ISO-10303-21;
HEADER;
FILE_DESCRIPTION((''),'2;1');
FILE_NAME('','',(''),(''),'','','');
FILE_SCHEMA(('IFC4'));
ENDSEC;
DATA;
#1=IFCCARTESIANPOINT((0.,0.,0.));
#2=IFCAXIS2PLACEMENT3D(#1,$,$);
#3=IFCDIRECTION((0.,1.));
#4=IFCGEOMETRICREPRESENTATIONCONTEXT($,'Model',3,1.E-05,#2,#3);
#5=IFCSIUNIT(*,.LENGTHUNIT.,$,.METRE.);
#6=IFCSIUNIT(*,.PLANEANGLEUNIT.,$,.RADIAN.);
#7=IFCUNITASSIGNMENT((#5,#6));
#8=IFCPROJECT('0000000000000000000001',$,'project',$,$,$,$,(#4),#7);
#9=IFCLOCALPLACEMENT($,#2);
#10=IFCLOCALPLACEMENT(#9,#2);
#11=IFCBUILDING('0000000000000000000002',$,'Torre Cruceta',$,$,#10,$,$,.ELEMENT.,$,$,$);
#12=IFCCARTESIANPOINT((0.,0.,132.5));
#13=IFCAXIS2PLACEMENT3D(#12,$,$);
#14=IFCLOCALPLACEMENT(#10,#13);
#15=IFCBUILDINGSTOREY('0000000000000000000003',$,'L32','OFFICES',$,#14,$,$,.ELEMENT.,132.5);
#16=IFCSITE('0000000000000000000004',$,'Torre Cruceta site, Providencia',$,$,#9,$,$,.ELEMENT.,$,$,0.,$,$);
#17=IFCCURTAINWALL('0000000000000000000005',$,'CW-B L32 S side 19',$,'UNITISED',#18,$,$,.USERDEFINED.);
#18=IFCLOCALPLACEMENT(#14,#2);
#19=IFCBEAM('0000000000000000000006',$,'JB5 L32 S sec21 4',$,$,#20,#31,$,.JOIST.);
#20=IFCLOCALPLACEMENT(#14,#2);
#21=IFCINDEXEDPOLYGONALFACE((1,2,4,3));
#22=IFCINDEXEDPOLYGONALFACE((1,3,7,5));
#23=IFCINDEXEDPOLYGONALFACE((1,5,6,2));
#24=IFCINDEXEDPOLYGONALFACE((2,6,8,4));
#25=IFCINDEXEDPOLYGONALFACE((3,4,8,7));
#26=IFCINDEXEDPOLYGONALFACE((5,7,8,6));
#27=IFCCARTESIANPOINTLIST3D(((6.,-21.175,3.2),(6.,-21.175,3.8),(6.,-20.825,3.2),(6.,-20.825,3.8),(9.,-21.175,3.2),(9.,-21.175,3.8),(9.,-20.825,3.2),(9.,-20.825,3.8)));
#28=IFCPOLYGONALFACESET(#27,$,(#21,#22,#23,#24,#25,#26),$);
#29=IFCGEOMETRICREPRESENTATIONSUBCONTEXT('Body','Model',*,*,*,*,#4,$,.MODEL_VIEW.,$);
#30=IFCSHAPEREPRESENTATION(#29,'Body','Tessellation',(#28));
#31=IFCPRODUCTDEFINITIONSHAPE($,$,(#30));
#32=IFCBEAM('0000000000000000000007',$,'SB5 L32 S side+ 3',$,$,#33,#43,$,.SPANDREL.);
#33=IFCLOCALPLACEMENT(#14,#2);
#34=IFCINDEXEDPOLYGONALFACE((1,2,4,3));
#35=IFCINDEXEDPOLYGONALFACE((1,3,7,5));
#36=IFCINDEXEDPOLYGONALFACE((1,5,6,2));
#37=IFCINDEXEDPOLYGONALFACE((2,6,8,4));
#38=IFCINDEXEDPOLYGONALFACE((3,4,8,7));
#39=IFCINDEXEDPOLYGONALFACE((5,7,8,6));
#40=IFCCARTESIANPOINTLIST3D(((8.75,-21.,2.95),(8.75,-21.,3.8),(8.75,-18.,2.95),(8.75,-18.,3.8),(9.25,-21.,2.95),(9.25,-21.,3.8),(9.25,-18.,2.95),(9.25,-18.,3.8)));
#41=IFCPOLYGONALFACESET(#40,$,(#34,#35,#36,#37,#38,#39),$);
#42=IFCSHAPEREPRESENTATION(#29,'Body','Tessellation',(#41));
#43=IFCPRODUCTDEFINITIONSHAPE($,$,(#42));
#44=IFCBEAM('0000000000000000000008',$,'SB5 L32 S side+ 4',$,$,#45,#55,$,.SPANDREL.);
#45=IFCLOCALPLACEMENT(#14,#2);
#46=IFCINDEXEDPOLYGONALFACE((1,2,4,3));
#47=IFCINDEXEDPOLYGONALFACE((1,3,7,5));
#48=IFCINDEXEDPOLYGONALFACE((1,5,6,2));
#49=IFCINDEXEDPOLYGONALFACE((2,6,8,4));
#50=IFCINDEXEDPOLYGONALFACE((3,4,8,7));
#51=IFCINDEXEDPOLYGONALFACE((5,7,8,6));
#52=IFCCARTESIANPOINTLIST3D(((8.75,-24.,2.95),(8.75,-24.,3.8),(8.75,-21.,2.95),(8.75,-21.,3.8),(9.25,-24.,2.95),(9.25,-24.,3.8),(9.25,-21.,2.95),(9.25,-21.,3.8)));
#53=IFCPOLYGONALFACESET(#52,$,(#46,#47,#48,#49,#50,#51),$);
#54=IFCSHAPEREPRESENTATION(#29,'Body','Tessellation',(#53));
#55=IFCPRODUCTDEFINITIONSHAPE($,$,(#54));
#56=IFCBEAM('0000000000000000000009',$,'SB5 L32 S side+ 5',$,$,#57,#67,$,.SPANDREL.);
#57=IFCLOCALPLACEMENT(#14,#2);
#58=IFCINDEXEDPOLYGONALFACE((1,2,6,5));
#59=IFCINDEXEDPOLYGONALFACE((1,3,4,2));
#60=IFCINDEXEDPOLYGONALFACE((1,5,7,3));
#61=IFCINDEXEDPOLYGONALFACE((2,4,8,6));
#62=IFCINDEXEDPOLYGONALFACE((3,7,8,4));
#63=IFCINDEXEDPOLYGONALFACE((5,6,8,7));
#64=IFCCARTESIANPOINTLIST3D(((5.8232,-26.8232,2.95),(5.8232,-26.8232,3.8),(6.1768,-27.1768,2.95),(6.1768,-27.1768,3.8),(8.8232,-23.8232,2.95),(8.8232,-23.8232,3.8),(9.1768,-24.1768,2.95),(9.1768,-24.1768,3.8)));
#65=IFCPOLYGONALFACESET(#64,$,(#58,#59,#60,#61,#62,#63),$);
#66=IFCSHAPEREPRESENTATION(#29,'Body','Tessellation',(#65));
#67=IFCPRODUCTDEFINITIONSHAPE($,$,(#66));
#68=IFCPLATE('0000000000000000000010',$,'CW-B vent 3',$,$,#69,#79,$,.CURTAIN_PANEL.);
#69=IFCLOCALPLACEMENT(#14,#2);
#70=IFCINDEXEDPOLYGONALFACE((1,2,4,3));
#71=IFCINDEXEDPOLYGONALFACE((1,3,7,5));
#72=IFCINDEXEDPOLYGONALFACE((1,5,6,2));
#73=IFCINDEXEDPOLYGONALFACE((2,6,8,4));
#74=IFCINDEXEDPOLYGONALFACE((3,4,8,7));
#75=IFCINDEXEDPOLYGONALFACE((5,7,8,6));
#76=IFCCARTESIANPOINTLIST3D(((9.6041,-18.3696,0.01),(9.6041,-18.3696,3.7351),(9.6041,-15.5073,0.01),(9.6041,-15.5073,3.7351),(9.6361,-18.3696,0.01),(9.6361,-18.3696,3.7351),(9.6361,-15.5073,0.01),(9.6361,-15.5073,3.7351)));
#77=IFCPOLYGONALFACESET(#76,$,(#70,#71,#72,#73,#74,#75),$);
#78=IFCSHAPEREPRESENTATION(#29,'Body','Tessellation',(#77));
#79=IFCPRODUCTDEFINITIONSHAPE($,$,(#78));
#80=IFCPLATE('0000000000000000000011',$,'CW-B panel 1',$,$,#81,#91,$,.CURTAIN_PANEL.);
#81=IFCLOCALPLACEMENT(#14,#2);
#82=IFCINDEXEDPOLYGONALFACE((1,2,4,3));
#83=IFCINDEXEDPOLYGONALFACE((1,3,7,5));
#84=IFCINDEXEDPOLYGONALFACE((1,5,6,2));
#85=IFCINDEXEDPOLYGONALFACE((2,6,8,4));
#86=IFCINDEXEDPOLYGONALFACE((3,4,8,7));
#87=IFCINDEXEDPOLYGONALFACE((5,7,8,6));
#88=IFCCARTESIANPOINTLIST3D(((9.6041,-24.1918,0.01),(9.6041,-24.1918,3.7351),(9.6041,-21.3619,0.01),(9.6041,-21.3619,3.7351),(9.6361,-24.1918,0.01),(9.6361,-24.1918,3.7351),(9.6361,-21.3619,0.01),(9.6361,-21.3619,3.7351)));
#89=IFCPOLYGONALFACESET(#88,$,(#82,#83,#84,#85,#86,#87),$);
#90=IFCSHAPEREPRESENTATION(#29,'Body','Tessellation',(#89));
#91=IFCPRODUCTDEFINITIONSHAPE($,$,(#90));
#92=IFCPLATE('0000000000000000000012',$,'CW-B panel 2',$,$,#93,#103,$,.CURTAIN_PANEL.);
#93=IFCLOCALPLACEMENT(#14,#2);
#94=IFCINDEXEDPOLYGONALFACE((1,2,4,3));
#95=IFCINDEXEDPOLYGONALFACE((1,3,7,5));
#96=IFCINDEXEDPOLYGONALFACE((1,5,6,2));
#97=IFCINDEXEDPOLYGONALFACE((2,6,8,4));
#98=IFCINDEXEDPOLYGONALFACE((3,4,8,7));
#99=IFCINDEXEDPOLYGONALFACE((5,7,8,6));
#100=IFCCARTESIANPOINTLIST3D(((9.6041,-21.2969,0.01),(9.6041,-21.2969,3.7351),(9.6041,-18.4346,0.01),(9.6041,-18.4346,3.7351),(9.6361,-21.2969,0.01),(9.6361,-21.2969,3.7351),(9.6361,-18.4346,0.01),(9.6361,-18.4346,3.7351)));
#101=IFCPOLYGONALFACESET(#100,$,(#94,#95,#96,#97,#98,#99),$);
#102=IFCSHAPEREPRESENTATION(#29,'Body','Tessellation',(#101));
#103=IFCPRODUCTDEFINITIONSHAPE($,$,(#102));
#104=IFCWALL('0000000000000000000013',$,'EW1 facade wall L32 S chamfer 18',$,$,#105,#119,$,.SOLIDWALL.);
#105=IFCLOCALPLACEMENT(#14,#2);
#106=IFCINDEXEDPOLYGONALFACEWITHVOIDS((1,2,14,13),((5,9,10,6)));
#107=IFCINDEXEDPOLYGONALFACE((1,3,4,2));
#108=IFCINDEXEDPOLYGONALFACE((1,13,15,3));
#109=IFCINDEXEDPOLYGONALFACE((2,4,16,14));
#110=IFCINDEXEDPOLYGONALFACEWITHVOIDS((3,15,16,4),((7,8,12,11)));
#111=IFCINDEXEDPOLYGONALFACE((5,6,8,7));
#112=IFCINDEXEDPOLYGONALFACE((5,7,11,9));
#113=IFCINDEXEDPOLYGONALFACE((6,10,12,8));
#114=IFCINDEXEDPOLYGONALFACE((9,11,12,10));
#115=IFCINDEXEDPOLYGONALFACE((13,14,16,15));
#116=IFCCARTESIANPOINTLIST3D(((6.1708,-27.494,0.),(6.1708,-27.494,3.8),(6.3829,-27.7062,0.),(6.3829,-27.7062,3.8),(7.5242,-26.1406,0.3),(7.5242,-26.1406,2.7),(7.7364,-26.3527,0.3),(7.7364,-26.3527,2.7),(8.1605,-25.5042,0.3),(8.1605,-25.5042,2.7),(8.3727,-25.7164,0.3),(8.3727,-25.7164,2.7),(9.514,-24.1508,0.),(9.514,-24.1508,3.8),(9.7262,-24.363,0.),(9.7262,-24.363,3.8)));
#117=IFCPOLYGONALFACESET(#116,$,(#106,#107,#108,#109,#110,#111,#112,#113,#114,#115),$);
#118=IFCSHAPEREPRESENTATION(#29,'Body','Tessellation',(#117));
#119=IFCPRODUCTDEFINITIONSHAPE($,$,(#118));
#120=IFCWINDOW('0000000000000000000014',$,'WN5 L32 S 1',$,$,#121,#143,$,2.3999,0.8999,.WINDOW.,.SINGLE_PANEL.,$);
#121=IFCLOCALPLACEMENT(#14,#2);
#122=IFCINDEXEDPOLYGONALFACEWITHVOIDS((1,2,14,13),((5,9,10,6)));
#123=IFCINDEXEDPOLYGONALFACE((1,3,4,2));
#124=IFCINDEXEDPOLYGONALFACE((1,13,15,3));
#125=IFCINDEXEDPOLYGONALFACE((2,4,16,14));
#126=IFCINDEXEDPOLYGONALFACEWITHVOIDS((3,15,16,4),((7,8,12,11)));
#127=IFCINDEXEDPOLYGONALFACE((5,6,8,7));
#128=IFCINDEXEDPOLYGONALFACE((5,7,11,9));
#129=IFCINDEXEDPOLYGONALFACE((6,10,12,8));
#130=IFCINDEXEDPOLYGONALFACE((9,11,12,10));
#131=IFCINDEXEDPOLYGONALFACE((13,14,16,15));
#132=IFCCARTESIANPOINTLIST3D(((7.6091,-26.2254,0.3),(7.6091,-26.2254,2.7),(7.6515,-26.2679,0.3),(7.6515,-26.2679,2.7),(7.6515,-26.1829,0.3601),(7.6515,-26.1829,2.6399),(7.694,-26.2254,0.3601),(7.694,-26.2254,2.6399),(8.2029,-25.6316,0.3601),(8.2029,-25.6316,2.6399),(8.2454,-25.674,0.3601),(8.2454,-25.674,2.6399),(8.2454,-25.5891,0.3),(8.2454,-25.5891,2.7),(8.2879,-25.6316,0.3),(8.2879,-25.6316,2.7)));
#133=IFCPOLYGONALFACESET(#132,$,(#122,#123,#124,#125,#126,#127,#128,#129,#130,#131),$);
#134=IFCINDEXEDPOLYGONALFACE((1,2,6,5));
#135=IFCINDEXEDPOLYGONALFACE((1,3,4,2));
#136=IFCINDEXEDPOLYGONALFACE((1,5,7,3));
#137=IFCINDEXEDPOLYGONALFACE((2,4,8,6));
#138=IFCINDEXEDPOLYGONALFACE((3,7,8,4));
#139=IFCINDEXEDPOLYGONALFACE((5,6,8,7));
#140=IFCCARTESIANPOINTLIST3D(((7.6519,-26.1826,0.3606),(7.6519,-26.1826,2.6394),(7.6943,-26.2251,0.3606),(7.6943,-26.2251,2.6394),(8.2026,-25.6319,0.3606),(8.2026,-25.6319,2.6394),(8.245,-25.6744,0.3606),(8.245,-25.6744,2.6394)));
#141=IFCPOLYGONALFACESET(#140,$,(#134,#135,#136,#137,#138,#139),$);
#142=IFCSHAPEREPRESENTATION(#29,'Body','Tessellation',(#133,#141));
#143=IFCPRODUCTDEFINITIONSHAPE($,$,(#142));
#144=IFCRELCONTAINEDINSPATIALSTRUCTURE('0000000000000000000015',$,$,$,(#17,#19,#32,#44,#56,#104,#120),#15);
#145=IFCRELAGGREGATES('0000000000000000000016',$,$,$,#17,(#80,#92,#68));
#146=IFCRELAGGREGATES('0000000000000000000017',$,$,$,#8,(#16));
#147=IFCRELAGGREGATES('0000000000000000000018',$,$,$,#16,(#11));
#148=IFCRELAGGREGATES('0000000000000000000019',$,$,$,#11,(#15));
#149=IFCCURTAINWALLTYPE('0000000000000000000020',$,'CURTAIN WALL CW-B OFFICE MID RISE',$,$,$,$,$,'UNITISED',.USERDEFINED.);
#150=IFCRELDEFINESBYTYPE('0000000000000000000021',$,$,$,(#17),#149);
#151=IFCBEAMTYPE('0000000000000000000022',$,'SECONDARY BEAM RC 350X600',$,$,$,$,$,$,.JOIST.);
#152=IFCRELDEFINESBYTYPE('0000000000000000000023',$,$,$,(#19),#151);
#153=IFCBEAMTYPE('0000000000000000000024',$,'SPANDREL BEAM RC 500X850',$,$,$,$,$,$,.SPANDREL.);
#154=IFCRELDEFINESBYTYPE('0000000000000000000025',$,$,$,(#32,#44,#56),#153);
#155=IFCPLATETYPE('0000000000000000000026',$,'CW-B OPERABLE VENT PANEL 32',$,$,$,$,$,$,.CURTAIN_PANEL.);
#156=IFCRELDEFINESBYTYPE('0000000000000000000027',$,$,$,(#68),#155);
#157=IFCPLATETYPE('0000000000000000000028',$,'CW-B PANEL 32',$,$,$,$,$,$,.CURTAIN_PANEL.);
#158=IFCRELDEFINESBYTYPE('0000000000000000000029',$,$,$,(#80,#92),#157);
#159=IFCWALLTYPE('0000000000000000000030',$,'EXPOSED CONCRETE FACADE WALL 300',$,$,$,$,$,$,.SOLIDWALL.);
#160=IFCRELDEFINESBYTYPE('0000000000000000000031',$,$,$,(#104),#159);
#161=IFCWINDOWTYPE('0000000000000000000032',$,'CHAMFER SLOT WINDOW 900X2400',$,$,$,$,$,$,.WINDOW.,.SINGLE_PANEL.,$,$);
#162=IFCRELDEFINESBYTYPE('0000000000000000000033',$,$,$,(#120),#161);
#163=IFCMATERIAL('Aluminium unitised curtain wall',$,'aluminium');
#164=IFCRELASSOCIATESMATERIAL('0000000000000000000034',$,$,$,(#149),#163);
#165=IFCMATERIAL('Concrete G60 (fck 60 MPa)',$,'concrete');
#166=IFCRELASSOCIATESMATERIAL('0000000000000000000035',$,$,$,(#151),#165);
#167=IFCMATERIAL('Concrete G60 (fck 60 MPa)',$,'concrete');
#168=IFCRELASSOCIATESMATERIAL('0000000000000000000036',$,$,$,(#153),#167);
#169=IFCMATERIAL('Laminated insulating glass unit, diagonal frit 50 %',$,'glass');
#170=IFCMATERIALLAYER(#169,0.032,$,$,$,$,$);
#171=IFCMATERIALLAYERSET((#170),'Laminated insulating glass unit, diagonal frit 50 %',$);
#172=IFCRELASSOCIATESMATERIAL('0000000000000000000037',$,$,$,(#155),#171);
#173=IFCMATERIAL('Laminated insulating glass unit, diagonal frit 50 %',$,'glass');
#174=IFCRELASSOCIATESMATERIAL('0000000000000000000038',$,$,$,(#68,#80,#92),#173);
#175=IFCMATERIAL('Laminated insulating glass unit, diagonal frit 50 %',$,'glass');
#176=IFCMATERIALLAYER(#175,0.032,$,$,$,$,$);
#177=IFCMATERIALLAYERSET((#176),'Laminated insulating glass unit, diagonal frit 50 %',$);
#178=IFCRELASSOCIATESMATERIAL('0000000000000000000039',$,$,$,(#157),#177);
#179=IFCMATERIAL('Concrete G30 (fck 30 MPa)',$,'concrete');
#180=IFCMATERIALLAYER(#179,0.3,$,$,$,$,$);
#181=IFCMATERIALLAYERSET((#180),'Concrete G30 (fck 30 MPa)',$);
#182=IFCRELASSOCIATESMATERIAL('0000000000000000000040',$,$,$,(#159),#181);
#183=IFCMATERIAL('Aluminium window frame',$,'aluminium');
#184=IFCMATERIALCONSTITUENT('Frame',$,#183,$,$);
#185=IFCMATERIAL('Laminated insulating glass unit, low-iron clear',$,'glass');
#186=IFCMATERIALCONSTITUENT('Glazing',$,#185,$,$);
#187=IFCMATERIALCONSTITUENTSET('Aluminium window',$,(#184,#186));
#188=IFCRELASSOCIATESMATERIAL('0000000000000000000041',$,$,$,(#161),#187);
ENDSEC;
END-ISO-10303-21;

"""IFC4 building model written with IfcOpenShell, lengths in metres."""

from ifc_helpers import new_model, si_unit, direction, frame, frame_2d, origin, origin_2d, place, context, subcontext, project, spatial, rectangle, hollow_rectangle, extrude, material, layer, layer_set, constituent, constituent_set, material_profile, profile_set, type_object, element, fill, aggregate, save


model = new_model("IFC4")

# Units and contexts
model_context = context("Model", 3, precision=1e-05, world=origin(), true_north=direction((0.0, 1.0)))
body_context = subcontext(model_context, "Body", "Model", "MODEL_VIEW")
ifc_project = project(units=[si_unit("LENGTHUNIT", "METRE"), si_unit("PLANEANGLEUNIT", "RADIAN")], contexts=[model_context])

# Site, building, storey
site_placement = place(None, origin())
site = spatial("IfcSite", under=ifc_project, at=site_placement, Name="Torre Cruceta site, Providencia", CompositionType="ELEMENT", RefElevation=0.0)
building_placement = place(site_placement, origin())
building = spatial("IfcBuilding", under=site, at=building_placement, Name="Torre Cruceta", CompositionType="ELEMENT")
storey_placement = place(building_placement, frame((0.0, 0.0, 132.5)))
storey = spatial("IfcBuildingStorey", under=building, at=storey_placement, Name="L32", Description="OFFICES", CompositionType="ELEMENT", Elevation=132.5)

# Curtain wall
ifc_material_1 = material(Name="Aluminium unitised curtain wall", Category="aluminium")
curtain_wall_type = type_object("IfcCurtainWallType", Name="CURTAIN WALL CW-B OFFICE MID RISE", ElementType="UNITISED", PredefinedType="USERDEFINED", material=ifc_material_1)
curtain_wall_placement = place(storey_placement, origin())
curtain_wall = element("IfcCurtainWall", 1, at=curtain_wall_placement, inside=storey, type_object=curtain_wall_type, Name="CW-B L32 S side 19", ObjectType="UNITISED", PredefinedType="USERDEFINED")

# Beams
ifc_material_2 = material(Name="Concrete G60 (fck 60 MPa)", Category="concrete")
ifc_material_profile_1 = material_profile(ifc_material_2, rectangle(XDim=0.3501, YDim=0.6001, at=origin_2d()), Name="RC 350X600")
ifc_profile_set_1 = profile_set([ifc_material_profile_1], Name="Concrete G60 (fck 60 MPa)")
beam_type_1 = type_object("IfcBeamType", Name="SECONDARY BEAM RC 350X600", PredefinedType="JOIST", material=ifc_profile_set_1)
beam_1_placement = place(storey_placement, frame((6.0, -21.0, 3.5), z_axis=(1.0, 0.0, 0.0), x_axis=(0.0, 1.0, 0.0)))
element("IfcBeam", 2, at=beam_1_placement, inside=storey, type_object=beam_type_1, Name="JB5 L32 S sec21 4", PredefinedType="JOIST", context=body_context, shape_type="SweptSolid", body=[
    extrude(rectangle(XDim=0.3501, YDim=0.6001, at=origin_2d()), origin(), (0.0, 0.0, 1.0), 3.0),
])
ifc_material_3 = material(Name="Concrete G60 (fck 60 MPa)", Category="concrete")
ifc_material_profile_2 = material_profile(ifc_material_3, rectangle(XDim=0.5, YDim=0.8501, at=origin_2d()), Name="RC 500X850")
ifc_profile_set_2 = profile_set([ifc_material_profile_2], Name="Concrete G60 (fck 60 MPa)")
beam_type_2 = type_object("IfcBeamType", Name="SPANDREL BEAM RC 500X850", PredefinedType="SPANDREL", material=ifc_profile_set_2)
for number, where, z_axis, x_axis, name in (
    (3, (9.0, -18.0, 3.375), (0.0, -1.0, 0.0), (1.0, 0.0, 0.0), "SB5 L32 S side+ 3"),
    (4, (9.0, -21.0, 3.375), (0.0, -1.0, 0.0), (1.0, 0.0, 0.0), "SB5 L32 S side+ 4"),
):
    element("IfcBeam", number, at=place(storey_placement, frame(where, z_axis=z_axis, x_axis=x_axis)), inside=storey, type_object=beam_type_2, Name=name, PredefinedType="SPANDREL", context=body_context, shape_type="SweptSolid", body=[
        extrude(rectangle(XDim=0.5, YDim=0.8501, at=origin_2d()), origin(), (0.0, 0.0, 1.0), 3.0),
    ])
beam_2_placement = place(storey_placement, frame((9.0, -24.0, 3.375), z_axis=(-0.707107, -0.707107, 0.0), x_axis=(0.707107, -0.707107, 0.0)))
element("IfcBeam", 5, at=beam_2_placement, inside=storey, type_object=beam_type_2, Name="SB5 L32 S side+ 5", PredefinedType="SPANDREL", context=body_context, shape_type="SweptSolid", body=[
    extrude(rectangle(XDim=0.5, YDim=0.8501, at=origin_2d()), origin(), (0.0, 0.0, 1.0), 4.2427),
])

# Plates
ifc_material_4 = material(Name="Laminated insulating glass unit, diagonal frit 50 %", Category="glass")
ifc_material_5 = material(Name="Laminated insulating glass unit, diagonal frit 50 %", Category="glass")
ifc_layer_1 = layer(ifc_material_5, 0.032)
ifc_layer_set_1 = layer_set([ifc_layer_1], Name="Laminated insulating glass unit, diagonal frit 50 %")
plate_type_1 = type_object("IfcPlateType", Name="CW-B OPERABLE VENT PANEL 32", PredefinedType="CURTAIN_PANEL", material=ifc_layer_set_1)
plate_1_placement = place(storey_placement, frame((9.6201, -16.9385, 0.01), z_axis=(0.0, 0.0, 1.0), x_axis=(0.0, 1.0, 0.0)))
plate_1 = element("IfcPlate", 6, at=plate_1_placement, type_object=plate_type_1, material=ifc_material_4, Name="CW-B vent 3", PredefinedType="CURTAIN_PANEL", context=body_context, shape_type="SweptSolid", body=[
    extrude(rectangle(XDim=2.8623, YDim=0.032, at=origin_2d()), origin(), (0.0, 0.0, 1.0), 3.7251),
])
ifc_material_6 = material(Name="Laminated insulating glass unit, diagonal frit 50 %", Category="glass")
ifc_layer_2 = layer(ifc_material_6, 0.032)
ifc_layer_set_2 = layer_set([ifc_layer_2], Name="Laminated insulating glass unit, diagonal frit 50 %")
plate_type_2 = type_object("IfcPlateType", Name="CW-B PANEL 32", PredefinedType="CURTAIN_PANEL", material=ifc_layer_set_2)
plate_2_placement = place(storey_placement, frame((9.6201, -22.7769, 0.01), z_axis=(0.0, 0.0, 1.0), x_axis=(0.0, 1.0, 0.0)))
plate_2 = element("IfcPlate", 7, at=plate_2_placement, type_object=plate_type_2, material=ifc_material_4, Name="CW-B panel 1", PredefinedType="CURTAIN_PANEL", context=body_context, shape_type="SweptSolid", body=[
    extrude(rectangle(XDim=2.8298, YDim=0.032, at=origin_2d()), origin(), (0.0, 0.0, 1.0), 3.7251),
])
plate_3_placement = place(storey_placement, frame((9.6201, -19.8657, 0.01), z_axis=(0.0, 0.0, 1.0), x_axis=(0.0, 1.0, 0.0)))
plate_3 = element("IfcPlate", 8, at=plate_3_placement, type_object=plate_type_2, material=ifc_material_4, Name="CW-B panel 2", PredefinedType="CURTAIN_PANEL", context=body_context, shape_type="SweptSolid", body=[
    extrude(rectangle(XDim=2.8623, YDim=0.032, at=origin_2d()), origin(), (0.0, 0.0, 1.0), 3.7251),
])
aggregate(curtain_wall, [plate_2, plate_3, plate_1])

# Wall, opening, window
ifc_material_7 = material(Name="Concrete G30 (fck 30 MPa)", Category="concrete")
ifc_layer_3 = layer(ifc_material_7, 0.3)
ifc_layer_set_3 = layer_set([ifc_layer_3], Name="Concrete G30 (fck 30 MPa)")
wall_type_1 = type_object("IfcWallType", Name="EXPOSED CONCRETE FACADE WALL 300", PredefinedType="SOLIDWALL", material=ifc_layer_set_3)
wall_1_placement = place(storey_placement, frame((6.2769, -27.6001, 0.0), z_axis=(0.0, 0.0, 1.0), x_axis=(0.707107, 0.707107, 0.0)))
wall_1 = element("IfcWall", 9, at=wall_1_placement, inside=storey, type_object=wall_type_1, Name="EW1 facade wall L32 S chamfer 18", PredefinedType="SOLIDWALL", context=body_context, shape_type="SweptSolid", body=[
    extrude(rectangle(XDim=4.728, YDim=0.3, at=frame_2d((2.364, 0.0))), origin(), (0.0, 0.0, 1.0), 3.8),
])
opening_1_placement = place(wall_1_placement, frame((1.9141, 0.0, 0.3)))
opening_1 = element("IfcOpeningElement", 10, at=opening_1_placement, cuts=wall_1, PredefinedType="OPENING", context=body_context, shape_type="SweptSolid", body=[
    extrude(rectangle(XDim=0.8999, YDim=2.3999, at=frame_2d((0.45, 1.2))), frame((0.0, 0.1599, 0.0), z_axis=(0.0, -1.0, 0.0), x_axis=(1.0, 0.0, 0.0)), (0.0, 0.0, 1.0), 0.3201),
])
ifc_material_8 = material(Name="Aluminium window frame", Category="aluminium")
ifc_constituent_1 = constituent(ifc_material_8, Name="Frame")
ifc_material_9 = material(Name="Laminated insulating glass unit, low-iron clear", Category="glass")
ifc_constituent_2 = constituent(ifc_material_9, Name="Glazing")
ifc_constituent_set_1 = constituent_set(constituents=[ifc_constituent_1, ifc_constituent_2], Name="Aluminium window")
window_type = type_object("IfcWindowType", Name="CHAMFER SLOT WINDOW 900X2400", PartitioningType="SINGLE_PANEL", PredefinedType="WINDOW", material=ifc_constituent_set_1)
window_placement = place(opening_1_placement, origin())
window = element("IfcWindow", 11, at=window_placement, inside=storey, type_object=window_type, Name="WN5 L32 S 1", OverallHeight=2.3999, OverallWidth=0.8999, PartitioningType="SINGLE_PANEL", PredefinedType="WINDOW", context=body_context, shape_type="SweptSolid", body=[
    extrude(hollow_rectangle(XDim=0.8999, YDim=2.3999, WallThickness=0.0601, at=frame_2d((0.45, 1.2))), frame((0.0, 0.03, 0.0), z_axis=(0.0, -1.0, 0.0), x_axis=(1.0, 0.0, 0.0)), (0.0, 0.0, 1.0), 0.0601),
    extrude(rectangle(XDim=0.7788, YDim=2.2788, at=frame_2d((0.45, 1.2))), frame((0.0, 0.03, 0.0), z_axis=(0.0, -1.0, 0.0), x_axis=(1.0, 0.0, 0.0)), (0.0, 0.0, 1.0), 0.0601),
])
fill(opening_1, window)

save(model, "model.ifc")
